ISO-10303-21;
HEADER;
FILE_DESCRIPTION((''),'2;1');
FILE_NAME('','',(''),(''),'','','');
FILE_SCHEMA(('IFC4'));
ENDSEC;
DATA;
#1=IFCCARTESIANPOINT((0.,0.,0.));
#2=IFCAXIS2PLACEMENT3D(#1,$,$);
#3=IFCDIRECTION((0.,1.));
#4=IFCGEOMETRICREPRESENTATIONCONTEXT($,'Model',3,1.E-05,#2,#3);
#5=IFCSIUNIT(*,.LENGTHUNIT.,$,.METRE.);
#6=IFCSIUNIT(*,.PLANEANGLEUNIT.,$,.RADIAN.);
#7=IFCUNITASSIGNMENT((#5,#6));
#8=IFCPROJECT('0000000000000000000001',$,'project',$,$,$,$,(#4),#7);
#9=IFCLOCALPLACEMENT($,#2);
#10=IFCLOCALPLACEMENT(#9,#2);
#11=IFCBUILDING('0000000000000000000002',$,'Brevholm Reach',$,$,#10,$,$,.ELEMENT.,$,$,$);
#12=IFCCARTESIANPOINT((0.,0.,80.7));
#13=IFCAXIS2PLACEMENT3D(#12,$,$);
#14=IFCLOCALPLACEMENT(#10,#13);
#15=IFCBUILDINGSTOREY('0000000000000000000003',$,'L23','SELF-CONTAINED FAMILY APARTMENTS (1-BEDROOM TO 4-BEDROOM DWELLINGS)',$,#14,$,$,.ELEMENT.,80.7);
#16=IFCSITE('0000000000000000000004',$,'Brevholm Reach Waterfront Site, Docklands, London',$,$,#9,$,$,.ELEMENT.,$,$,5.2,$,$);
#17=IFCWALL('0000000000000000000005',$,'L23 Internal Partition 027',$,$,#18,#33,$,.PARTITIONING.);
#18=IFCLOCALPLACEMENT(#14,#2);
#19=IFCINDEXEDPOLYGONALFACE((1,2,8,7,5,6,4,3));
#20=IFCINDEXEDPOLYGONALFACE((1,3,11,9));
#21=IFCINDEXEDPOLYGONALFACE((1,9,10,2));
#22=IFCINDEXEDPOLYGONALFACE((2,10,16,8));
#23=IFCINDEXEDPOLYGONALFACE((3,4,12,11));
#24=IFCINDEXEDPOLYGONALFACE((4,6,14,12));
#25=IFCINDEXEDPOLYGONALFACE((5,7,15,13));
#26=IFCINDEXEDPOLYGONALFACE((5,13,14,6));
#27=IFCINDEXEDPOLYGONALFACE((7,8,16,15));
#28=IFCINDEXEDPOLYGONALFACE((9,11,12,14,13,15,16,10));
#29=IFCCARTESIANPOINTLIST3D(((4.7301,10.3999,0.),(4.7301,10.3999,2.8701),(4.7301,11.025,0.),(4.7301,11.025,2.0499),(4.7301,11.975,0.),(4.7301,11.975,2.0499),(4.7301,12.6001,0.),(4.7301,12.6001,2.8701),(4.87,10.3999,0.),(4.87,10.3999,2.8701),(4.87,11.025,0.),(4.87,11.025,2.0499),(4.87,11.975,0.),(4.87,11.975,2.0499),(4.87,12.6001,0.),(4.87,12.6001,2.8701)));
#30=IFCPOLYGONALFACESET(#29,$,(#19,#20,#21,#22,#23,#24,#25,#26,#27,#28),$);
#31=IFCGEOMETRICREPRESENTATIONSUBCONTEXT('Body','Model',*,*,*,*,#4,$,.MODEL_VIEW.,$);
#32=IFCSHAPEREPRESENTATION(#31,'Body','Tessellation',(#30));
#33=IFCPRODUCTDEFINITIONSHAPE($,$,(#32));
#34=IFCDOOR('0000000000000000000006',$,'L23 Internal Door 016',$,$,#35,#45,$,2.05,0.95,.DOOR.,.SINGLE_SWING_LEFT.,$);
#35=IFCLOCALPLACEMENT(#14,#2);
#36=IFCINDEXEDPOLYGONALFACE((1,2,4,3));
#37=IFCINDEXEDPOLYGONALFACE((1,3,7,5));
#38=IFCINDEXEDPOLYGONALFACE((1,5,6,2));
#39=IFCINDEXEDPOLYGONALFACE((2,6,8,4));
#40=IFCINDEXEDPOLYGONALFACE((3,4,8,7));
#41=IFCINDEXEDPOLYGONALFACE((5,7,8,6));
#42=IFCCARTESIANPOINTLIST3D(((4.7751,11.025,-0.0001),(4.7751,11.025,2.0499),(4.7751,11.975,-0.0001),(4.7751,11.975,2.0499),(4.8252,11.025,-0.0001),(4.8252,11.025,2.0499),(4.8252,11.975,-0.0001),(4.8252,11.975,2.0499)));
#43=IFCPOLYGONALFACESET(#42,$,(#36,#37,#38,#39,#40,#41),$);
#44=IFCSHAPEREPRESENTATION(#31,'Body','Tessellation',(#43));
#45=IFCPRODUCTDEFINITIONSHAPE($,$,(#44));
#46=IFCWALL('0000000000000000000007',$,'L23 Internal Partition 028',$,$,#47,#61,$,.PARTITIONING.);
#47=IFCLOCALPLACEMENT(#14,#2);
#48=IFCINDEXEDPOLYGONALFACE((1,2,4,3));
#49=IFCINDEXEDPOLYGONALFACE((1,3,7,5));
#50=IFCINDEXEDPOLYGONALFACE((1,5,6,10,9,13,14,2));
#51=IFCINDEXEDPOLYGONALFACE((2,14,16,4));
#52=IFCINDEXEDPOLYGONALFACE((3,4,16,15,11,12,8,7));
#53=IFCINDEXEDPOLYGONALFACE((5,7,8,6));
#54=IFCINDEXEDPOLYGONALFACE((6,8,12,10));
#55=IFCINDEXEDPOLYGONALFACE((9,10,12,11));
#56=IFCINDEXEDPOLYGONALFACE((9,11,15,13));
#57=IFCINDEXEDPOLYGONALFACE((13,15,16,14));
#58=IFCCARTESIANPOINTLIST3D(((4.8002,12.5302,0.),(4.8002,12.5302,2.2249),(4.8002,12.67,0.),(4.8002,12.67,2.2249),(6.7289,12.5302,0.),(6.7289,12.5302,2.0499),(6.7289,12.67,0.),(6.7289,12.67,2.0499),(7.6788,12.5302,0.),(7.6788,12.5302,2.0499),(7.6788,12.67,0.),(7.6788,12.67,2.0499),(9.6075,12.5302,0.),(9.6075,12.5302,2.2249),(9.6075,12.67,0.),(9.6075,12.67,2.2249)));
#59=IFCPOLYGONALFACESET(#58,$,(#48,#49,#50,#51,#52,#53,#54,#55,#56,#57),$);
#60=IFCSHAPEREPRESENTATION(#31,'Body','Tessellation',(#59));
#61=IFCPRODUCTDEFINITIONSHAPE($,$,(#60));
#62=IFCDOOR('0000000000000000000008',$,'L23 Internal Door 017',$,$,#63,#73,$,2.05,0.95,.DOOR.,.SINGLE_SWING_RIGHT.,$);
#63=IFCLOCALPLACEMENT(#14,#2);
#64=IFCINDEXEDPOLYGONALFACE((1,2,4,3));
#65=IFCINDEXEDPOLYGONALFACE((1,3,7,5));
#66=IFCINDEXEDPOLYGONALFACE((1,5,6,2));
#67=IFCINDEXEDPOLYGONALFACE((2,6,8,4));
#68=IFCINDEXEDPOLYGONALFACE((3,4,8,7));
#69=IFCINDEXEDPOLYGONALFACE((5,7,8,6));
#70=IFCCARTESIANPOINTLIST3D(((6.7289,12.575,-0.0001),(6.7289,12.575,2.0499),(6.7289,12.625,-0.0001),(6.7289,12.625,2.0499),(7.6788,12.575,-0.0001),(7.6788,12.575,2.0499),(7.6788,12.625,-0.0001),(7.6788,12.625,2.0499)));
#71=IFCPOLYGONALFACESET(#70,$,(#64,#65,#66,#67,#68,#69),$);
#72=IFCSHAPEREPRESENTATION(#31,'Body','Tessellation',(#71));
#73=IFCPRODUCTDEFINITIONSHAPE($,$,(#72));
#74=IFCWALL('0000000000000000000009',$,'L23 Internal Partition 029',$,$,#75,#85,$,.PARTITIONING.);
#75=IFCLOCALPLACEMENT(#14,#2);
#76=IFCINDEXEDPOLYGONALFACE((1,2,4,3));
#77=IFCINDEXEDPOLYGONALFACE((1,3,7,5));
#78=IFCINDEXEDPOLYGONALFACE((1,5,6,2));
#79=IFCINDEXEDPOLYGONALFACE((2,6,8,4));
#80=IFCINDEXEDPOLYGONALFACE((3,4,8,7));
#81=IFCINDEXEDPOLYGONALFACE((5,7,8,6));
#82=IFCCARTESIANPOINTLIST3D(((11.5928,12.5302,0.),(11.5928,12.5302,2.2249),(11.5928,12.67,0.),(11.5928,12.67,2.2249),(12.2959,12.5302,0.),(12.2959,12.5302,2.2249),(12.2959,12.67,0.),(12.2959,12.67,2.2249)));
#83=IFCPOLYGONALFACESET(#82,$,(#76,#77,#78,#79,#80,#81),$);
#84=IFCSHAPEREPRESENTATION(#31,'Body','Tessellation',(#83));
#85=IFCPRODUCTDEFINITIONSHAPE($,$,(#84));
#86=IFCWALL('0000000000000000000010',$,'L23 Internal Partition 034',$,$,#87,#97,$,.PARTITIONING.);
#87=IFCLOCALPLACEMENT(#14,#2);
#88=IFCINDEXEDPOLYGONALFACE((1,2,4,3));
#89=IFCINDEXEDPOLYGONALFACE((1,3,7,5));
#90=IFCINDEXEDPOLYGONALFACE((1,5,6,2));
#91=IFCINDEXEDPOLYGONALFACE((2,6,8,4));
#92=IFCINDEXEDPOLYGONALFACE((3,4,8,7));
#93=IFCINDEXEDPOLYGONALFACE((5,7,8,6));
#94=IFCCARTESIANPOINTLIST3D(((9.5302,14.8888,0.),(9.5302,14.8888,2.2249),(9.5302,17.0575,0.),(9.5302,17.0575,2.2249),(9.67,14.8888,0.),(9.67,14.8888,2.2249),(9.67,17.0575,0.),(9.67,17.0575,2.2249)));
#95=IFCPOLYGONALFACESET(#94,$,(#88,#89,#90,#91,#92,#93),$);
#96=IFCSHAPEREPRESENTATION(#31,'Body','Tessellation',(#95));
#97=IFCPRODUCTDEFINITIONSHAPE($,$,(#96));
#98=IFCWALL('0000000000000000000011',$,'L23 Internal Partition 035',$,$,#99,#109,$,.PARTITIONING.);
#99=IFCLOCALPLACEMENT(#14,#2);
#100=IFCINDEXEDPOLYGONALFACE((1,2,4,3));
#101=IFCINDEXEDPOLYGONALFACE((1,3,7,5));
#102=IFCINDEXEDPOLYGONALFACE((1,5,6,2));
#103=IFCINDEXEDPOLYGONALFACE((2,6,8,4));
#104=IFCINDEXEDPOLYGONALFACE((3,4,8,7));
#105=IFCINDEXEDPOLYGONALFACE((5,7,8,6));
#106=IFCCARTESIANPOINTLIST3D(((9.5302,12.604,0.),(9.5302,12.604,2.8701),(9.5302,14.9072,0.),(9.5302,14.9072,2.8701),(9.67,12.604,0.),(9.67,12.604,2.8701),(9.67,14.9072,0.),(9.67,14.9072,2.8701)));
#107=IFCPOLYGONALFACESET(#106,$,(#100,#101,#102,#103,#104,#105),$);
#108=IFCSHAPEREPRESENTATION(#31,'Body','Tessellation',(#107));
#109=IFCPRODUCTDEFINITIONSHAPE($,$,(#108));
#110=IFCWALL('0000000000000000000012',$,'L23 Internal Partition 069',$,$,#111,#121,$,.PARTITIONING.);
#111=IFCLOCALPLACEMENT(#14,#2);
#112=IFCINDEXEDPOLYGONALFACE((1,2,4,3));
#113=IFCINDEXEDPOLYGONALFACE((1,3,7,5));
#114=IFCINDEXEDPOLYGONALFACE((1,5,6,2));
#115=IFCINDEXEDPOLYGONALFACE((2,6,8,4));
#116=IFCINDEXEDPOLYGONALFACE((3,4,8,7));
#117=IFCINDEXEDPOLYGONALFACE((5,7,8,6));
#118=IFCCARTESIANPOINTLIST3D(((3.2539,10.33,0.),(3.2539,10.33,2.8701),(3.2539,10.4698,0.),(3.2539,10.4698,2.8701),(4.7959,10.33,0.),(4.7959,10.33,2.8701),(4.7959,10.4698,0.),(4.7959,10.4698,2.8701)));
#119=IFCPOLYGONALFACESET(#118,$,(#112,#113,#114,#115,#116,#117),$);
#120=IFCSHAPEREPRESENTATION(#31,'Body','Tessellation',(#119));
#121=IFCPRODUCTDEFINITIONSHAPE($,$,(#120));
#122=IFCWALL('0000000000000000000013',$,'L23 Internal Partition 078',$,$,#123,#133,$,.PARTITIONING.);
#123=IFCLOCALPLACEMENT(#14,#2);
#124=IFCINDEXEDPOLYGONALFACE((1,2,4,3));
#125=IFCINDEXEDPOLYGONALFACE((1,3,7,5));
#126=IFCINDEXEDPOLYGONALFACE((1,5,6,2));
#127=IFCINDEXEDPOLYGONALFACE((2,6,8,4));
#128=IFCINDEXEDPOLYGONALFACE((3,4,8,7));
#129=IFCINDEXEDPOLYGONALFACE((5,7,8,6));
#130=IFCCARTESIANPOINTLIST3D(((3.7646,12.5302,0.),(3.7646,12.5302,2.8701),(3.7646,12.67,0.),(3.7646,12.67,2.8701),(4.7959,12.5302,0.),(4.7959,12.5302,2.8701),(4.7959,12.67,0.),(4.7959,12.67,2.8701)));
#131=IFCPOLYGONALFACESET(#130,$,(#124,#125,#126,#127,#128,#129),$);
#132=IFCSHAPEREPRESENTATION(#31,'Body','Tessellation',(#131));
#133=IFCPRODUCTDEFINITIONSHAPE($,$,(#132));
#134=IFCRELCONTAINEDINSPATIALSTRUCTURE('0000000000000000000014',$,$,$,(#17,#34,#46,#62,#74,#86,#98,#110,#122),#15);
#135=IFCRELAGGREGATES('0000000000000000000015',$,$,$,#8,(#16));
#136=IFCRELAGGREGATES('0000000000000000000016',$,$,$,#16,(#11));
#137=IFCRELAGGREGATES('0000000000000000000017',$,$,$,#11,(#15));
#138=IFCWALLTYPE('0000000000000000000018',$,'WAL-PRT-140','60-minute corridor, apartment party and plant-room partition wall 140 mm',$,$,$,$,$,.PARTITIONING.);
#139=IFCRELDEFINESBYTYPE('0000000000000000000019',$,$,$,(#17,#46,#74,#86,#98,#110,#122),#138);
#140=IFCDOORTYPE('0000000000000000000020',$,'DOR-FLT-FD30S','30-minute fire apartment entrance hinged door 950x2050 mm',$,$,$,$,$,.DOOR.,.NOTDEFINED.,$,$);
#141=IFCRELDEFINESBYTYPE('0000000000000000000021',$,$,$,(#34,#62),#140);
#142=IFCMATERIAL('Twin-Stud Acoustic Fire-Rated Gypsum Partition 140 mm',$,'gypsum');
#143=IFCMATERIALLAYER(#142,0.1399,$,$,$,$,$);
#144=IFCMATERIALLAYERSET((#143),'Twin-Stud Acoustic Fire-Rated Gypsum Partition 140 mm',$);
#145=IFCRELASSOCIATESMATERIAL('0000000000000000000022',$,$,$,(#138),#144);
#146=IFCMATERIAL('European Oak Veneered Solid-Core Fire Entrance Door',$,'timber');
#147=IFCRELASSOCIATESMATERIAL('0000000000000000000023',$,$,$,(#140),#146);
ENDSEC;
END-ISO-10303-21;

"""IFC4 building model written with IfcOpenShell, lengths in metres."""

from ifc_helpers import new_model, si_unit, direction, frame, frame_2d, origin, place, context, subcontext, project, spatial, rectangle, extrude, material, layer, layer_set, type_object, element, fill, save


model = new_model("IFC4")

# Units and contexts
model_context = context("Model", 3, precision=1e-05, world=origin(), true_north=direction((0.0, 1.0)))
body_context = subcontext(model_context, "Body", "Model", "MODEL_VIEW")
ifc_project = project(units=[si_unit("LENGTHUNIT", "METRE"), si_unit("PLANEANGLEUNIT", "RADIAN")], contexts=[model_context])

# Site, building, storey
site_placement = place(None, origin())
site = spatial("IfcSite", under=ifc_project, at=site_placement, Name="Brevholm Reach Waterfront Site, Docklands, London", CompositionType="ELEMENT", RefElevation=5.2)
building_placement = place(site_placement, origin())
building = spatial("IfcBuilding", under=site, at=building_placement, Name="Brevholm Reach", CompositionType="ELEMENT")
storey_placement = place(building_placement, frame((0.0, 0.0, 80.7)))
storey = spatial("IfcBuildingStorey", under=building, at=storey_placement, Name="L23", Description="SELF-CONTAINED FAMILY APARTMENTS (1-BEDROOM TO 4-BEDROOM DWELLINGS)", CompositionType="ELEMENT", Elevation=80.7)

# Shared definitions
ifc_material_1 = material(Name="Twin-Stud Acoustic Fire-Rated Gypsum Partition 140 mm", Category="gypsum")
ifc_layer_1 = layer(ifc_material_1, 0.1399)
ifc_layer_set_1 = layer_set([ifc_layer_1], Name="Twin-Stud Acoustic Fire-Rated Gypsum Partition 140 mm")
wall_type_1 = type_object("IfcWallType", Name="WAL-PRT-140", Description="60-minute corridor, apartment party and plant-room partition wall 140 mm", PredefinedType="PARTITIONING", material=ifc_layer_set_1)

# Walls, openings, doors
ifc_material_2 = material(Name="European Oak Veneered Solid-Core Fire Entrance Door", Category="timber")
door_type_1 = type_object("IfcDoorType", Name="DOR-FLT-FD30S", Description="30-minute fire apartment entrance hinged door 950x2050 mm", OperationType="NOTDEFINED", PredefinedType="DOOR", material=ifc_material_2)
wall_1_placement = place(storey_placement, frame((4.8, 10.3999, 0.0), z_axis=(0.0, 0.0, 1.0), x_axis=(0.0, 1.0, 0.0)))
wall_1 = element("IfcWall", 1, at=wall_1_placement, inside=storey, type_object=wall_type_1, Name="L23 Internal Partition 027", PredefinedType="PARTITIONING", context=body_context, shape_type="SweptSolid", body=[
    extrude(rectangle(XDim=2.2002, YDim=0.1399, at=frame_2d((1.1001, 0.0))), origin(), (0.0, 0.0, 1.0), 2.8701),
])
opening_1_placement = place(wall_1_placement, frame((0.625, 0.0, 0.0)))
opening_1 = element("IfcOpeningElement", 2, at=opening_1_placement, cuts=wall_1, PredefinedType="OPENING", context=body_context, shape_type="SweptSolid", body=[
    extrude(rectangle(XDim=0.95, YDim=2.05, at=frame_2d((0.4751, 1.0249))), frame((0.0, 0.0798, 0.0), z_axis=(0.0, -1.0, 0.0), x_axis=(1.0, 0.0, 0.0)), (0.0, 0.0, 1.0), 0.1599),
])
door_1_placement = place(opening_1_placement, origin())
door_1 = element("IfcDoor", 3, at=door_1_placement, inside=storey, type_object=door_type_1, Name="L23 Internal Door 016", OperationType="SINGLE_SWING_LEFT", OverallHeight=2.05, OverallWidth=0.95, PredefinedType="DOOR", context=body_context, shape_type="SweptSolid", body=[
    extrude(rectangle(XDim=0.95, YDim=2.05, at=frame_2d((0.4751, 1.0249))), frame((0.0, 0.0249, 0.0), z_axis=(0.0, -1.0, 0.0), x_axis=(1.0, 0.0, 0.0)), (0.0, 0.0, 1.0), 0.05),
])
fill(opening_1, door_1)
wall_2_placement = place(storey_placement, frame((4.8, 12.6001, 0.0), z_axis=(0.0, 0.0, 1.0), x_axis=(1.0, 0.0, 0.0)))
wall_2 = element("IfcWall", 4, at=wall_2_placement, inside=storey, type_object=wall_type_1, Name="L23 Internal Partition 028", PredefinedType="PARTITIONING", context=body_context, shape_type="SweptSolid", body=[
    extrude(rectangle(XDim=4.8074, YDim=0.1399, at=frame_2d((2.4038, 0.0))), origin(), (0.0, 0.0, 1.0), 2.2249),
])
opening_2_placement = place(wall_2_placement, frame((1.9287, 0.0, 0.0)))
opening_2 = element("IfcOpeningElement", 5, at=opening_2_placement, cuts=wall_2, PredefinedType="OPENING", context=body_context, shape_type="SweptSolid", body=[
    extrude(rectangle(XDim=0.95, YDim=2.05, at=frame_2d((0.4751, 1.0249))), frame((0.0, 0.0798, 0.0), z_axis=(0.0, -1.0, 0.0), x_axis=(1.0, 0.0, 0.0)), (0.0, 0.0, 1.0), 0.1599),
])
door_2_placement = place(opening_2_placement, origin())
door_2 = element("IfcDoor", 6, at=door_2_placement, inside=storey, type_object=door_type_1, Name="L23 Internal Door 017", OperationType="SINGLE_SWING_RIGHT", OverallHeight=2.05, OverallWidth=0.95, PredefinedType="DOOR", context=body_context, shape_type="SweptSolid", body=[
    extrude(rectangle(XDim=0.95, YDim=2.05, at=frame_2d((0.4751, 1.0249))), frame((0.0, 0.0249, 0.0), z_axis=(0.0, -1.0, 0.0), x_axis=(1.0, 0.0, 0.0)), (0.0, 0.0, 1.0), 0.05),
])
fill(opening_2, door_2)

# Walls
wall_3_placement = place(storey_placement, frame((11.5928, 12.6001, 0.0), z_axis=(0.0, 0.0, 1.0), x_axis=(1.0, 0.0, 0.0)))
element("IfcWall", 7, at=wall_3_placement, inside=storey, type_object=wall_type_1, Name="L23 Internal Partition 029", PredefinedType="PARTITIONING", context=body_context, shape_type="SweptSolid", body=[
    extrude(rectangle(XDim=0.7031, YDim=0.1399, at=frame_2d((0.3516, 0.0))), origin(), (0.0, 0.0, 1.0), 2.2249),
])
wall_4_placement = place(storey_placement, frame((9.6001, 14.8887, 0.0), z_axis=(0.0, 0.0, 1.0), x_axis=(0.0, 1.0, 0.0)))
element("IfcWall", 8, at=wall_4_placement, inside=storey, type_object=wall_type_1, Name="L23 Internal Partition 034", PredefinedType="PARTITIONING", context=body_context, shape_type="SweptSolid", body=[
    extrude(rectangle(XDim=2.1687, YDim=0.1399, at=frame_2d((1.0845, 0.0))), origin(), (0.0, 0.0, 1.0), 2.2249),
])
wall_5_placement = place(storey_placement, frame((9.6001, 12.604, 0.0), z_axis=(0.0, 0.0, 1.0), x_axis=(0.0, 1.0, 0.0)))
element("IfcWall", 9, at=wall_5_placement, inside=storey, type_object=wall_type_1, Name="L23 Internal Partition 035", PredefinedType="PARTITIONING", context=body_context, shape_type="SweptSolid", body=[
    extrude(rectangle(XDim=2.3032, YDim=0.1399, at=frame_2d((1.1516, 0.0))), origin(), (0.0, 0.0, 1.0), 2.8701),
])
wall_6_placement = place(storey_placement, frame((3.2539, 10.3999, 0.0), z_axis=(0.0, 0.0, 1.0), x_axis=(1.0, 0.0, 0.0)))
element("IfcWall", 10, at=wall_6_placement, inside=storey, type_object=wall_type_1, Name="L23 Internal Partition 069", PredefinedType="PARTITIONING", context=body_context, shape_type="SweptSolid", body=[
    extrude(rectangle(XDim=1.542, YDim=0.1399, at=frame_2d((0.771, 0.0))), origin(), (0.0, 0.0, 1.0), 2.8701),
])
wall_7_placement = place(storey_placement, frame((3.7646, 12.6001, 0.0), z_axis=(0.0, 0.0, 1.0), x_axis=(1.0, 0.0, 0.0)))
element("IfcWall", 11, at=wall_7_placement, inside=storey, type_object=wall_type_1, Name="L23 Internal Partition 078", PredefinedType="PARTITIONING", context=body_context, shape_type="SweptSolid", body=[
    extrude(rectangle(XDim=1.0312, YDim=0.1399, at=frame_2d((0.5156, 0.0))), origin(), (0.0, 0.0, 1.0), 2.8701),
])

save(model, "model.ifc")
